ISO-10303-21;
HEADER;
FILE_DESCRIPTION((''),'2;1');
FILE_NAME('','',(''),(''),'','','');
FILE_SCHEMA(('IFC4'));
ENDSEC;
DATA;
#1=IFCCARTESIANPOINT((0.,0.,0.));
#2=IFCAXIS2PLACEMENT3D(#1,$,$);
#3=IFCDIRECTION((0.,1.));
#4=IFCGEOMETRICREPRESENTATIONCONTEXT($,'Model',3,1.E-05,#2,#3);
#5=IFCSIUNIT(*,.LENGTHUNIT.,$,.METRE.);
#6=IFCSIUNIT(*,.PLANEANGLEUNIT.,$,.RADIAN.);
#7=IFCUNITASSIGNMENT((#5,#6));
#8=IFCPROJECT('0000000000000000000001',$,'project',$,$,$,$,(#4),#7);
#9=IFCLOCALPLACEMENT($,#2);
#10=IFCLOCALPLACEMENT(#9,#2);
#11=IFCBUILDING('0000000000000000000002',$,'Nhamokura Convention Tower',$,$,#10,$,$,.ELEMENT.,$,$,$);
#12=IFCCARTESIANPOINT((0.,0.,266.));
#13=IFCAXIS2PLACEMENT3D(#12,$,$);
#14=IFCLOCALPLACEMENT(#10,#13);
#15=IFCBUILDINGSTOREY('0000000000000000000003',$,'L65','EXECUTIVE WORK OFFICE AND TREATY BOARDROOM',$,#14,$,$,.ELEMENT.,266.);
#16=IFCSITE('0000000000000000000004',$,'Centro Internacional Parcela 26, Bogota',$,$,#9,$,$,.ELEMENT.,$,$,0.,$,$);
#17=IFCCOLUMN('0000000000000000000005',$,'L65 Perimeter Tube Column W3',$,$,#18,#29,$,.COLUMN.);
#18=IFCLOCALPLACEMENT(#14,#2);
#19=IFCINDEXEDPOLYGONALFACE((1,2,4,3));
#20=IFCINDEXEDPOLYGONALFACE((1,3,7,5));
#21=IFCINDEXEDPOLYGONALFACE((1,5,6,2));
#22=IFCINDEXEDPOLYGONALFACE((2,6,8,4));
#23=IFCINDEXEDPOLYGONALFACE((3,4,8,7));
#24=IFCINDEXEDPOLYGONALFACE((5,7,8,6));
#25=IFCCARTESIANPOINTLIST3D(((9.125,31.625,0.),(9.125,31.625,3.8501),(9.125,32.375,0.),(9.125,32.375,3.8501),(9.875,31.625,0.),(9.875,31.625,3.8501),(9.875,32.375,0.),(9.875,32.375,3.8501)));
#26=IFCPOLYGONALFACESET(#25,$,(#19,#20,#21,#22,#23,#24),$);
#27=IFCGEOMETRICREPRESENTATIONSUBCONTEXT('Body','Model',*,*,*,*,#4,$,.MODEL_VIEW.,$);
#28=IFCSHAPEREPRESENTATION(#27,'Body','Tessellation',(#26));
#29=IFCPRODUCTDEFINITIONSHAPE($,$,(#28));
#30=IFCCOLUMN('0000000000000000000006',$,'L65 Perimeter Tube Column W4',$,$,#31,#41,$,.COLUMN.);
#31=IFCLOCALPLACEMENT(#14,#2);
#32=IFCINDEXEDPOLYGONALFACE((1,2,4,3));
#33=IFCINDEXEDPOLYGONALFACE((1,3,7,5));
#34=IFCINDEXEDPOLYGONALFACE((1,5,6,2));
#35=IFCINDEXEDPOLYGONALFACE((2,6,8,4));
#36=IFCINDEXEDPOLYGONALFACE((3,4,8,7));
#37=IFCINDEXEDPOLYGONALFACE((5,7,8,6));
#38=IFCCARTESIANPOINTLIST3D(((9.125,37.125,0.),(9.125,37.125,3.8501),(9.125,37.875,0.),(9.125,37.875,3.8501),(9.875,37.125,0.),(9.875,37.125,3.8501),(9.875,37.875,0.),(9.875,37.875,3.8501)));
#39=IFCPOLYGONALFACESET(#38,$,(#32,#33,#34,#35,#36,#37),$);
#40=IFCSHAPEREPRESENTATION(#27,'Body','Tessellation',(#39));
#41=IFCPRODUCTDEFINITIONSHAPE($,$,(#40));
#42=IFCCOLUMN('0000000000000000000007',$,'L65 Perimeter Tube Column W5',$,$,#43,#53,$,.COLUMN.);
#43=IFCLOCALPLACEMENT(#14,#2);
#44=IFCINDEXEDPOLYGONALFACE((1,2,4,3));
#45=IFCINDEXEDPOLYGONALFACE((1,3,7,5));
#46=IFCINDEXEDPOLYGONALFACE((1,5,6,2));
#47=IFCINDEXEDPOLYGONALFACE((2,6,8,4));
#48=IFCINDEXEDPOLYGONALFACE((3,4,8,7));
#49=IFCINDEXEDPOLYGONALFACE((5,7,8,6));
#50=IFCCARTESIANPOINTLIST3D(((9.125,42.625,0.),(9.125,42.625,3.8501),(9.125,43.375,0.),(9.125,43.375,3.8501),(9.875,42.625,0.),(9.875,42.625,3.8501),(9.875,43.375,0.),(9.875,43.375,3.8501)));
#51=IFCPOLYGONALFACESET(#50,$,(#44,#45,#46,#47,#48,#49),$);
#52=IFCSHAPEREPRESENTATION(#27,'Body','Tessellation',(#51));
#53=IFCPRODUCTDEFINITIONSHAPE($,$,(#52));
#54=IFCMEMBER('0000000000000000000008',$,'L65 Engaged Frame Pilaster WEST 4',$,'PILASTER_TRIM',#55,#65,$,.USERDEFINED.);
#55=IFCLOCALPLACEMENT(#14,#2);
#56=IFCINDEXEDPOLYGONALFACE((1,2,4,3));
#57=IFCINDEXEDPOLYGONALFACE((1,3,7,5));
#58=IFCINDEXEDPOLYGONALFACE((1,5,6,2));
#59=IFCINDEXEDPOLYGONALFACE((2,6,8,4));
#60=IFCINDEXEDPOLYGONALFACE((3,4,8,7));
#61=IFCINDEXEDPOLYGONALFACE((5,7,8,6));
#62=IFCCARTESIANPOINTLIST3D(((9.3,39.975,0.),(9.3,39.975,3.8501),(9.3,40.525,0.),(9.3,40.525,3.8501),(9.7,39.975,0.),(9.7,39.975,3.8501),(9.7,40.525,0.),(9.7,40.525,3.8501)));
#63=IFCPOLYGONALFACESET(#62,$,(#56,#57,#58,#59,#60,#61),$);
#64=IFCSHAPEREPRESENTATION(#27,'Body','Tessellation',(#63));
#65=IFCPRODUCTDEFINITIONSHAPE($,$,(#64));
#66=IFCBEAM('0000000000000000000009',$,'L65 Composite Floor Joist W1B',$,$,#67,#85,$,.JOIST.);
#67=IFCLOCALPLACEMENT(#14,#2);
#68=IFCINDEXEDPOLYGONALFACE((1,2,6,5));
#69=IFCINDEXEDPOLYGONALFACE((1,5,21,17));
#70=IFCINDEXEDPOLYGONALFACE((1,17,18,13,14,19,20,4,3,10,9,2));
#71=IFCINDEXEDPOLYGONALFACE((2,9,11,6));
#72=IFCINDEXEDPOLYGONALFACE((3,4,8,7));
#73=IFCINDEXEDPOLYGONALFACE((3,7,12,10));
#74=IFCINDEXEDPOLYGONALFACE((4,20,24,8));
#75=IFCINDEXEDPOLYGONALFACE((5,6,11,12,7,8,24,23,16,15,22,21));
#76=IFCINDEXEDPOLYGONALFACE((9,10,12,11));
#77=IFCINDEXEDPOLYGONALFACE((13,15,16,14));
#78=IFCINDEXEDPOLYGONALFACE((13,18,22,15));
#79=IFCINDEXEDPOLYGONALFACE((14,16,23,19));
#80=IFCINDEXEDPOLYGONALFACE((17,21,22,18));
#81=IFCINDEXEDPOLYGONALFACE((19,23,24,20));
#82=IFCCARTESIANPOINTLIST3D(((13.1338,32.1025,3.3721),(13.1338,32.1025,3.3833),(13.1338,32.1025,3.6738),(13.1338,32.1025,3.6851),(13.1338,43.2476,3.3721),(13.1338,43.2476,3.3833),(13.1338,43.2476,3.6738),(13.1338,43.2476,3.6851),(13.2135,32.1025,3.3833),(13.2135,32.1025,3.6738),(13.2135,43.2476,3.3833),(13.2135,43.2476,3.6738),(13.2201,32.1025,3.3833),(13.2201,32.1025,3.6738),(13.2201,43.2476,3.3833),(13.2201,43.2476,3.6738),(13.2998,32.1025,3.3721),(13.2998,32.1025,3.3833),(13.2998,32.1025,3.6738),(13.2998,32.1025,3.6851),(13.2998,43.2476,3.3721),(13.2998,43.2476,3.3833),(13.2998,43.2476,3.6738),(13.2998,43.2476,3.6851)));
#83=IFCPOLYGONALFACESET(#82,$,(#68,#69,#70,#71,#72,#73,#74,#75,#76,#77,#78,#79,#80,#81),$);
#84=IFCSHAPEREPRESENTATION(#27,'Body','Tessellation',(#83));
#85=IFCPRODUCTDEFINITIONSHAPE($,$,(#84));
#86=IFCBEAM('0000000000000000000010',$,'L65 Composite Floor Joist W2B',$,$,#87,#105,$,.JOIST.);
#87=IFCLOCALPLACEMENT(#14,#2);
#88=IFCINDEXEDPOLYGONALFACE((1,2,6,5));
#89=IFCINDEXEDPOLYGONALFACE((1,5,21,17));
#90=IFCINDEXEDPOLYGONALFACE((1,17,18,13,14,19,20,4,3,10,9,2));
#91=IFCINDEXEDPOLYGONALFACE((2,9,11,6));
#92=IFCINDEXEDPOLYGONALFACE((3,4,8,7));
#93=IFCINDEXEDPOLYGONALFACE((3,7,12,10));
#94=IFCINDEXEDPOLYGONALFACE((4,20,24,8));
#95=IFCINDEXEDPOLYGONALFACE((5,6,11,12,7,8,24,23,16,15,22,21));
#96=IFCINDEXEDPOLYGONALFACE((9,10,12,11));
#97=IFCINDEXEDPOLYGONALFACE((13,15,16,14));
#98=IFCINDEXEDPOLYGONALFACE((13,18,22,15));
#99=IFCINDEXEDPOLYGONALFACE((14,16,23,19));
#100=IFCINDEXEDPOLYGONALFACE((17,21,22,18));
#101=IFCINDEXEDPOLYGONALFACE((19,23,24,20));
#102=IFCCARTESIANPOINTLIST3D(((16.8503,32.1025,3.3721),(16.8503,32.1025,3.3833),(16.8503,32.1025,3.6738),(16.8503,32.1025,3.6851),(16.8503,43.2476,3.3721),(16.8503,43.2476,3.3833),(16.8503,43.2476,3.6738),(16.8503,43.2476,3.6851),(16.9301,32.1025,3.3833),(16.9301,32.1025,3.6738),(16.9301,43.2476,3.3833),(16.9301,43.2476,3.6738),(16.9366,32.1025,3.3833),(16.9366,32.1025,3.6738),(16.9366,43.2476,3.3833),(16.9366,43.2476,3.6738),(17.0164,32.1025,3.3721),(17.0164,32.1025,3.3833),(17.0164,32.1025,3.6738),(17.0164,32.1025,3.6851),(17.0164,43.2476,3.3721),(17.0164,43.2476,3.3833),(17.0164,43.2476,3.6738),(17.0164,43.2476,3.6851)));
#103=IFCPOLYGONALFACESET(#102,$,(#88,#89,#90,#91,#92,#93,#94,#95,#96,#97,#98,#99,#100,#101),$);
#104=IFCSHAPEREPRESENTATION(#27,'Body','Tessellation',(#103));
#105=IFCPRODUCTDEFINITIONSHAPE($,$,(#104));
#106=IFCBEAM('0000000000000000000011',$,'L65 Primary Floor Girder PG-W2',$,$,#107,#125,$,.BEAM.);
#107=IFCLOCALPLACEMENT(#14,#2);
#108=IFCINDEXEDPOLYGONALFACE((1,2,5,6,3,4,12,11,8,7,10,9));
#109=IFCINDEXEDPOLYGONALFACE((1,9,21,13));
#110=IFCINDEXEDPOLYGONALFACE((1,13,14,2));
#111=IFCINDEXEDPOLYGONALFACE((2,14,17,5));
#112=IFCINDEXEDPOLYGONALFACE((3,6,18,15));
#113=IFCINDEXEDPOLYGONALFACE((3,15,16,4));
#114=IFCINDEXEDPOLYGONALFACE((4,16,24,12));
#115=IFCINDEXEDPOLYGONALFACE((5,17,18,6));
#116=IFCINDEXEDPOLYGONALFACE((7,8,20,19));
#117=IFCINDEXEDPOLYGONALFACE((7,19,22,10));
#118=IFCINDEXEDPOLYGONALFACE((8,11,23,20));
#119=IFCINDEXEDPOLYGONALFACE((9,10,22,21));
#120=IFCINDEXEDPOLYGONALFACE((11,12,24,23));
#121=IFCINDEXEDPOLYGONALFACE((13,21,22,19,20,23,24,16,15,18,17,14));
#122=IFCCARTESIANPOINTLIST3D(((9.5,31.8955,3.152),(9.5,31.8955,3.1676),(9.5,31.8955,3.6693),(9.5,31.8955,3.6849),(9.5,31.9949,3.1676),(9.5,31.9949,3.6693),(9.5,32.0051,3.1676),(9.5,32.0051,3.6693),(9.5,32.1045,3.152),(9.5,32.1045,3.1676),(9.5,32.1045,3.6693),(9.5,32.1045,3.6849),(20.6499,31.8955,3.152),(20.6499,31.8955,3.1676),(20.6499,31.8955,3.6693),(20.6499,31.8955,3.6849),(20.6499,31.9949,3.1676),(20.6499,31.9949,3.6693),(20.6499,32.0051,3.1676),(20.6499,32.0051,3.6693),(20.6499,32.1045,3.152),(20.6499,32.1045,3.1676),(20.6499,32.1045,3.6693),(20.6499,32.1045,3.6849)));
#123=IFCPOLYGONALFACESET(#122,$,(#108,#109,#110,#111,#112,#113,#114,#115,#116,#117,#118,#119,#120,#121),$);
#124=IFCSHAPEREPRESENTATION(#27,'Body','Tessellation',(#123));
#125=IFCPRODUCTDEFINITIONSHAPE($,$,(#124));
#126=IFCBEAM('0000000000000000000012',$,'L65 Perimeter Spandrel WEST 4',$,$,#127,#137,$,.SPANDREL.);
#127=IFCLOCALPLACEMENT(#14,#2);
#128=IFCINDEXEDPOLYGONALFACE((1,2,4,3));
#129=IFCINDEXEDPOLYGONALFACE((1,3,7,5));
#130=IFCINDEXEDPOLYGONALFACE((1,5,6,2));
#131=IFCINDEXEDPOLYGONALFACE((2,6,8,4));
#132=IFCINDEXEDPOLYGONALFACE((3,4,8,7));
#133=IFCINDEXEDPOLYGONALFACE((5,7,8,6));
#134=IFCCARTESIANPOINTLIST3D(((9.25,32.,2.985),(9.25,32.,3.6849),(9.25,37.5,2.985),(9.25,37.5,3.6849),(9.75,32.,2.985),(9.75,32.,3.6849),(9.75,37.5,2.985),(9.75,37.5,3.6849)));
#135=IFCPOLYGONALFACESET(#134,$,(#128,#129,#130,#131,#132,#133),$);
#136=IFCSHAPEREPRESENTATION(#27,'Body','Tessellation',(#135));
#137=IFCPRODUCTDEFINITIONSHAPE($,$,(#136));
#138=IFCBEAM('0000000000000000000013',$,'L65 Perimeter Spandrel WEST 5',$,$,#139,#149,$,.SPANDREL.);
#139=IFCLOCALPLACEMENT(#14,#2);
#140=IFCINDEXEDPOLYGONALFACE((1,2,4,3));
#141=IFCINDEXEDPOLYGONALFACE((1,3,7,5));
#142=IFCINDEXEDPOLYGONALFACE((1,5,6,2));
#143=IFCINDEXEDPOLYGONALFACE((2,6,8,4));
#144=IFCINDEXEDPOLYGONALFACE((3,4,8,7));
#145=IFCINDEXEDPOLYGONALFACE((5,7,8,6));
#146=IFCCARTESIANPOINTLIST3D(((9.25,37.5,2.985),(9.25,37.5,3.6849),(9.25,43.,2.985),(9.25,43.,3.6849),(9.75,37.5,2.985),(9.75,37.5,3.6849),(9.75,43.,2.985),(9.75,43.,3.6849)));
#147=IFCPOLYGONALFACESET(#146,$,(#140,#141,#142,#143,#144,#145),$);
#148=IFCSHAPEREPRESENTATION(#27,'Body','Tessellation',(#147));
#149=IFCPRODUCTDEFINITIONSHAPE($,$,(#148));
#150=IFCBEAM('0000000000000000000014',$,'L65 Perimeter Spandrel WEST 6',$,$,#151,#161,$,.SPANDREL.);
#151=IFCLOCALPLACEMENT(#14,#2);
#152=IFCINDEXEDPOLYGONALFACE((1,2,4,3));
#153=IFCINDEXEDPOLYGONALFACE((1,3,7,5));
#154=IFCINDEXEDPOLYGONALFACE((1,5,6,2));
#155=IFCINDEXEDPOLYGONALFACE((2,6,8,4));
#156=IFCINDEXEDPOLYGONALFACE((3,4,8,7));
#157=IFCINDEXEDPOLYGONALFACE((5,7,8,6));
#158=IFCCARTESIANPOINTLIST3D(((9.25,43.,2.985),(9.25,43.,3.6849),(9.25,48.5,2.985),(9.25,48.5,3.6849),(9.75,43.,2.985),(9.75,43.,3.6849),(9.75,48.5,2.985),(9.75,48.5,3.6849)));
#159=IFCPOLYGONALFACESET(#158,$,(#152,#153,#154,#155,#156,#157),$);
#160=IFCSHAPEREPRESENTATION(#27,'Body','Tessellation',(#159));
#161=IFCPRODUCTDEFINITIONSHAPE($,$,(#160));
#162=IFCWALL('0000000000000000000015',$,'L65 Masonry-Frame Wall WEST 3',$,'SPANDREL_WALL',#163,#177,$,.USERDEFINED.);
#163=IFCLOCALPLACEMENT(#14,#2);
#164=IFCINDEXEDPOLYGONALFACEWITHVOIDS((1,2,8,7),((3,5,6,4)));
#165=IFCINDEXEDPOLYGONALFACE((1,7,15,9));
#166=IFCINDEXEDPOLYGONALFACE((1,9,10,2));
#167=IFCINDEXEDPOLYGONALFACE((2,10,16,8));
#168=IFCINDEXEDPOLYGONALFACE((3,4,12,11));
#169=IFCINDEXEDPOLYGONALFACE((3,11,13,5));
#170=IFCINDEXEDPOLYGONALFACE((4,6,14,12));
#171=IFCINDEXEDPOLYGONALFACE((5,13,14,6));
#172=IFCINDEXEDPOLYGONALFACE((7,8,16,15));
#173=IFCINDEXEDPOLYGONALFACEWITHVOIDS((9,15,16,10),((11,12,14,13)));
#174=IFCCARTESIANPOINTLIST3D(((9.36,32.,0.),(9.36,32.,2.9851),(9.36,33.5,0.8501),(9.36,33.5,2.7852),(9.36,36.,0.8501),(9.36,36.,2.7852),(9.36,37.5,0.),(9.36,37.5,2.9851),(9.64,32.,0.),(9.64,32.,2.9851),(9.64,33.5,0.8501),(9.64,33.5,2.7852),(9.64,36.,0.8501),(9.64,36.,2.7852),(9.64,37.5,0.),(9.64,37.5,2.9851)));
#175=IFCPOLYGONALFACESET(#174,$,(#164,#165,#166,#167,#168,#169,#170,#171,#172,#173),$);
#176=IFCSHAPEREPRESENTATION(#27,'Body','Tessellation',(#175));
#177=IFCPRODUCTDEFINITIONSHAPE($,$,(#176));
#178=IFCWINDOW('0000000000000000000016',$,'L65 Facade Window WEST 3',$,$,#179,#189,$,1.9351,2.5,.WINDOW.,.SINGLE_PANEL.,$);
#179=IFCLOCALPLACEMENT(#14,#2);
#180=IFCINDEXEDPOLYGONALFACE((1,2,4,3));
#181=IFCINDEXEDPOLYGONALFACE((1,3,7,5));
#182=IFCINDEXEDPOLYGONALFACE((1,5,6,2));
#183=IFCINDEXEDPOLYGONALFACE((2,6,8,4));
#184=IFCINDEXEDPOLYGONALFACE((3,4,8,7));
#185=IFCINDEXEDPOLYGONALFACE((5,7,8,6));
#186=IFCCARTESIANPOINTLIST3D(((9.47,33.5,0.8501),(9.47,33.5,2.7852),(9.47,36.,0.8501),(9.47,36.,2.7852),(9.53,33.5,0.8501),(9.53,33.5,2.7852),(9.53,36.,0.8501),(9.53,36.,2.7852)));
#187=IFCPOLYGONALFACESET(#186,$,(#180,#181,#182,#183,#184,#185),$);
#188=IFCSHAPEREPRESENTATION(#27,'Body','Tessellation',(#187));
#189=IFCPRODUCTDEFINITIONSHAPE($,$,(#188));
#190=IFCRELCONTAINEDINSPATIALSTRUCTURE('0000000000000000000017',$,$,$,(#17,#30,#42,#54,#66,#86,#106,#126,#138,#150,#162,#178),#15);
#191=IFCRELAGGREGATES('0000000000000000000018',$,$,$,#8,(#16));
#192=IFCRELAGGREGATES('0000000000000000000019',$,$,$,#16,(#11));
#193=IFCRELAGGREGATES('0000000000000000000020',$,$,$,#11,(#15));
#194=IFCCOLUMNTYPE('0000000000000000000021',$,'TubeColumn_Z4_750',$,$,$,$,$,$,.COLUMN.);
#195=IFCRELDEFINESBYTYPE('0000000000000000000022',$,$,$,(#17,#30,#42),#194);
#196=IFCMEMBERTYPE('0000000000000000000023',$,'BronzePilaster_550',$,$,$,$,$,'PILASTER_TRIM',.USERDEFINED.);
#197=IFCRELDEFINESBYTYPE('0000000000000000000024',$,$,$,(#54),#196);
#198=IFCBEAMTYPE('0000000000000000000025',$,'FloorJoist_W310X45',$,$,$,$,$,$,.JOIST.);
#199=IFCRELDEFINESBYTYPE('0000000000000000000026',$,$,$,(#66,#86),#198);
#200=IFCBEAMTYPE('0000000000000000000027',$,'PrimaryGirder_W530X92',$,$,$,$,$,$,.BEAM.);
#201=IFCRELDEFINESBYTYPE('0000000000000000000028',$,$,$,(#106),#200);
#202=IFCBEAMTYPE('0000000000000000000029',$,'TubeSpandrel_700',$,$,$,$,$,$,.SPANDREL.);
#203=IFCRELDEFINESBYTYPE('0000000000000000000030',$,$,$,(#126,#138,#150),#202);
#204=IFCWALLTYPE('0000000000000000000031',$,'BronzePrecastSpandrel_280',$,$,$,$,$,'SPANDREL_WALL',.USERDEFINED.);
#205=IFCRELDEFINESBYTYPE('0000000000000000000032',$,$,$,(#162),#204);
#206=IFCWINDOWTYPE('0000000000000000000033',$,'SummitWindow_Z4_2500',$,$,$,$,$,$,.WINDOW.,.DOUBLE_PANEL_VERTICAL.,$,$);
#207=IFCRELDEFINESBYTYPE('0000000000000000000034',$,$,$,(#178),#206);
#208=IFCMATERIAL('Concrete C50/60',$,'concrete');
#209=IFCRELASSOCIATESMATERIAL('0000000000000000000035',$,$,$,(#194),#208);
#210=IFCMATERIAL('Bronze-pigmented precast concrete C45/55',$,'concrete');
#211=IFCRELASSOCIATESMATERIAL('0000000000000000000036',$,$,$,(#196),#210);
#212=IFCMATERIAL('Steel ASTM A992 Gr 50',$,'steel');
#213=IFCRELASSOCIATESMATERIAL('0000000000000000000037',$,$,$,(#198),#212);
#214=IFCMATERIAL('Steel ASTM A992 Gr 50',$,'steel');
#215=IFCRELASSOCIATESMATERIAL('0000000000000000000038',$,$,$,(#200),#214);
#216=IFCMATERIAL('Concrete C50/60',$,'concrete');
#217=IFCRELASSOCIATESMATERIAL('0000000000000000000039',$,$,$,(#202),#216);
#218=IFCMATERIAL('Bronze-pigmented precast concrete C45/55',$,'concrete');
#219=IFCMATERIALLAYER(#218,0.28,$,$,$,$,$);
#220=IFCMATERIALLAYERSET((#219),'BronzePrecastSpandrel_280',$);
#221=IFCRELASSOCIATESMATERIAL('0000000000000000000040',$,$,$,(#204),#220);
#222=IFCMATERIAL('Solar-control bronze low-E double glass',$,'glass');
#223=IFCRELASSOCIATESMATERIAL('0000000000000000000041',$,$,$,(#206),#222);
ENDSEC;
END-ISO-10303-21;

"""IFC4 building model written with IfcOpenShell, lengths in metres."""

from ifc_helpers import new_model, si_unit, direction, frame, frame_2d, origin, origin_2d, place, context, subcontext, project, spatial, rectangle, i_section, extrude, material, layer, layer_set, material_profile, profile_set, type_object, element, fill, save


model = new_model("IFC4")

# Units and contexts
model_context = context("Model", 3, precision=1e-05, world=origin(), true_north=direction((0.0, 1.0)))
body_context = subcontext(model_context, "Body", "Model", "MODEL_VIEW")
ifc_project = project(units=[si_unit("LENGTHUNIT", "METRE"), si_unit("PLANEANGLEUNIT", "RADIAN")], contexts=[model_context])

# Site, building, storey
site_placement = place(None, origin())
site = spatial("IfcSite", under=ifc_project, at=site_placement, Name="Centro Internacional Parcela 26, Bogota", CompositionType="ELEMENT", RefElevation=0.0)
building_placement = place(site_placement, origin())
building = spatial("IfcBuilding", under=site, at=building_placement, Name="Nhamokura Convention Tower", CompositionType="ELEMENT")
storey_placement = place(building_placement, frame((0.0, 0.0, 266.0)))
storey = spatial("IfcBuildingStorey", under=building, at=storey_placement, Name="L65", Description="EXECUTIVE WORK OFFICE AND TREATY BOARDROOM", CompositionType="ELEMENT", Elevation=266.0)

# Columns
ifc_material_1 = material(Name="Concrete C50/60", Category="concrete")
ifc_material_profile_1 = material_profile(ifc_material_1, rectangle(XDim=0.75, YDim=0.75, at=origin_2d()))
ifc_profile_set_1 = profile_set([ifc_material_profile_1], Name="Concrete C50/60")
column_type = type_object("IfcColumnType", Name="TubeColumn_Z4_750", PredefinedType="COLUMN", material=ifc_profile_set_1)
for number, where, z_axis, x_axis, name in (
    (1, (9.5, 32.0, 0.0), (0.0, 0.0, 1.0), (1.0, 0.0, 0.0), "L65 Perimeter Tube Column W3"),
    (2, (9.5, 37.5, 0.0), (0.0, 0.0, 1.0), (1.0, 0.0, 0.0), "L65 Perimeter Tube Column W4"),
    (3, (9.5, 43.0, 0.0), (0.0, 0.0, 1.0), (1.0, 0.0, 0.0), "L65 Perimeter Tube Column W5"),
):
    element("IfcColumn", number, at=place(storey_placement, frame(where, z_axis=z_axis, x_axis=x_axis)), inside=storey, type_object=column_type, Name=name, PredefinedType="COLUMN", context=body_context, shape_type="SweptSolid", body=[
        extrude(rectangle(XDim=0.75, YDim=0.75, at=origin_2d()), origin(), (0.0, 0.0, 1.0), 3.8501),
    ])

# Member
ifc_material_2 = material(Name="Bronze-pigmented precast concrete C45/55", Category="concrete")
ifc_material_profile_2 = material_profile(ifc_material_2, rectangle(XDim=0.3999, YDim=0.55, at=origin_2d()))
ifc_profile_set_2 = profile_set([ifc_material_profile_2], Name="Bronze-pigmented precast concrete C45/55")
member_type = type_object("IfcMemberType", Name="BronzePilaster_550", ElementType="PILASTER_TRIM", PredefinedType="USERDEFINED", material=ifc_profile_set_2)
member_placement = place(storey_placement, frame((9.5, 40.25, 0.0), z_axis=(0.0, 0.0, 1.0), x_axis=(1.0, 0.0, 0.0)))
element("IfcMember", 4, at=member_placement, inside=storey, type_object=member_type, Name="L65 Engaged Frame Pilaster WEST 4", ObjectType="PILASTER_TRIM", PredefinedType="USERDEFINED", context=body_context, shape_type="SweptSolid", body=[
    extrude(rectangle(XDim=0.3999, YDim=0.55, at=origin_2d()), origin(), (0.0, 0.0, 1.0), 3.8501),
])

# Beams
ifc_material_3 = material(Name="Steel ASTM A992 Gr 50", Category="steel")
ifc_material_profile_3 = material_profile(ifc_material_3, i_section(OverallWidth=0.166, OverallDepth=0.313, WebThickness=0.0066, FlangeThickness=0.0112, at=origin_2d()))
ifc_profile_set_3 = profile_set([ifc_material_profile_3], Name="Steel ASTM A992 Gr 50")
beam_type_1 = type_object("IfcBeamType", Name="FloorJoist_W310X45", PredefinedType="JOIST", material=ifc_profile_set_3)
for number, where, z_axis, x_axis, name in (
    (5, (13.2168, 32.1025, 3.5286), (0.0, 1.0, 0.0), (-1.0, 0.0, 0.0), "L65 Composite Floor Joist W1B"),
    (6, (16.9333, 32.1025, 3.5286), (0.0, 1.0, 0.0), (-1.0, 0.0, 0.0), "L65 Composite Floor Joist W2B"),
):
    element("IfcBeam", number, at=place(storey_placement, frame(where, z_axis=z_axis, x_axis=x_axis)), inside=storey, type_object=beam_type_1, Name=name, PredefinedType="JOIST", context=body_context, shape_type="SweptSolid", body=[
        extrude(i_section(OverallWidth=0.166, OverallDepth=0.313, WebThickness=0.0066, FlangeThickness=0.0112, at=origin_2d()), origin(), (0.0, 0.0, 1.0), 11.145),
    ])
ifc_material_4 = material(Name="Steel ASTM A992 Gr 50", Category="steel")
ifc_material_profile_4 = material_profile(ifc_material_4, i_section(OverallWidth=0.209, OverallDepth=0.533, WebThickness=0.0103, FlangeThickness=0.0156, at=origin_2d()))
ifc_profile_set_4 = profile_set([ifc_material_profile_4], Name="Steel ASTM A992 Gr 50")
beam_type_2 = type_object("IfcBeamType", Name="PrimaryGirder_W530X92", PredefinedType="BEAM", material=ifc_profile_set_4)
beam_placement = place(storey_placement, frame((9.5, 32.0, 3.4185), z_axis=(1.0, 0.0, 0.0), x_axis=(0.0, 1.0, 0.0)))
element("IfcBeam", 7, at=beam_placement, inside=storey, type_object=beam_type_2, Name="L65 Primary Floor Girder PG-W2", PredefinedType="BEAM", context=body_context, shape_type="SweptSolid", body=[
    extrude(i_section(OverallWidth=0.209, OverallDepth=0.533, WebThickness=0.0103, FlangeThickness=0.0156, at=origin_2d()), origin(), (0.0, 0.0, 1.0), 11.1499),
])
ifc_material_5 = material(Name="Concrete C50/60", Category="concrete")
ifc_material_profile_5 = material_profile(ifc_material_5, rectangle(XDim=0.5, YDim=0.7, at=origin_2d()))
ifc_profile_set_5 = profile_set([ifc_material_profile_5], Name="Concrete C50/60")
beam_type_3 = type_object("IfcBeamType", Name="TubeSpandrel_700", PredefinedType="SPANDREL", material=ifc_profile_set_5)
for number, where, z_axis, x_axis, name in (
    (8, (9.5, 32.0, 3.335), (0.0, 1.0, 0.0), (-1.0, 0.0, 0.0), "L65 Perimeter Spandrel WEST 4"),
    (9, (9.5, 37.5, 3.335), (0.0, 1.0, 0.0), (-1.0, 0.0, 0.0), "L65 Perimeter Spandrel WEST 5"),
    (10, (9.5, 43.0, 3.335), (0.0, 1.0, 0.0), (-1.0, 0.0, 0.0), "L65 Perimeter Spandrel WEST 6"),
):
    element("IfcBeam", number, at=place(storey_placement, frame(where, z_axis=z_axis, x_axis=x_axis)), inside=storey, type_object=beam_type_3, Name=name, PredefinedType="SPANDREL", context=body_context, shape_type="SweptSolid", body=[
        extrude(rectangle(XDim=0.5, YDim=0.7, at=origin_2d()), origin(), (0.0, 0.0, 1.0), 5.5),
    ])

# Wall, opening, window
ifc_material_6 = material(Name="Bronze-pigmented precast concrete C45/55", Category="concrete")
ifc_layer_1 = layer(ifc_material_6, 0.28)
ifc_layer_set_1 = layer_set([ifc_layer_1], Name="BronzePrecastSpandrel_280")
wall_type_1 = type_object("IfcWallType", Name="BronzePrecastSpandrel_280", ElementType="SPANDREL_WALL", PredefinedType="USERDEFINED", material=ifc_layer_set_1)
wall_1_placement = place(storey_placement, frame((9.5, 32.0, 0.0), z_axis=(0.0, 0.0, 1.0), x_axis=(0.0, 1.0, 0.0)))
wall_1 = element("IfcWall", 11, at=wall_1_placement, inside=storey, type_object=wall_type_1, Name="L65 Masonry-Frame Wall WEST 3", ObjectType="SPANDREL_WALL", PredefinedType="USERDEFINED", context=body_context, shape_type="SweptSolid", body=[
    extrude(rectangle(XDim=5.5, YDim=0.28, at=frame_2d((2.75, 0.0))), origin(), (0.0, 0.0, 1.0), 2.9851),
])
opening_1_placement = place(wall_1_placement, frame((1.5, 0.0, 0.8501)))
opening_1 = element("IfcOpeningElement", 12, at=opening_1_placement, cuts=wall_1, PredefinedType="OPENING", context=body_context, shape_type="SweptSolid", body=[
    extrude(rectangle(XDim=2.5, YDim=1.9351, at=frame_2d((1.25, 0.9675))), frame((0.0, 0.1499, 0.0), z_axis=(0.0, -1.0, 0.0), x_axis=(1.0, 0.0, 0.0)), (0.0, 0.0, 1.0), 0.3),
])
ifc_material_7 = material(Name="Solar-control bronze low-E double glass", Category="glass")
window_type_1 = type_object("IfcWindowType", Name="SummitWindow_Z4_2500", PartitioningType="DOUBLE_PANEL_VERTICAL", PredefinedType="WINDOW", material=ifc_material_7)
window_1_placement = place(opening_1_placement, origin())
window_1 = element("IfcWindow", 13, at=window_1_placement, inside=storey, type_object=window_type_1, Name="L65 Facade Window WEST 3", OverallHeight=1.9351, OverallWidth=2.5, PartitioningType="SINGLE_PANEL", PredefinedType="WINDOW", context=body_context, shape_type="SweptSolid", body=[
    extrude(rectangle(XDim=2.5, YDim=1.9351, at=frame_2d((1.25, 0.9675))), frame((0.0, 0.03, 0.0), z_axis=(0.0, -1.0, 0.0), x_axis=(1.0, 0.0, 0.0)), (0.0, 0.0, 1.0), 0.0601),
])
fill(opening_1, window_1)

save(model, "model.ifc")
